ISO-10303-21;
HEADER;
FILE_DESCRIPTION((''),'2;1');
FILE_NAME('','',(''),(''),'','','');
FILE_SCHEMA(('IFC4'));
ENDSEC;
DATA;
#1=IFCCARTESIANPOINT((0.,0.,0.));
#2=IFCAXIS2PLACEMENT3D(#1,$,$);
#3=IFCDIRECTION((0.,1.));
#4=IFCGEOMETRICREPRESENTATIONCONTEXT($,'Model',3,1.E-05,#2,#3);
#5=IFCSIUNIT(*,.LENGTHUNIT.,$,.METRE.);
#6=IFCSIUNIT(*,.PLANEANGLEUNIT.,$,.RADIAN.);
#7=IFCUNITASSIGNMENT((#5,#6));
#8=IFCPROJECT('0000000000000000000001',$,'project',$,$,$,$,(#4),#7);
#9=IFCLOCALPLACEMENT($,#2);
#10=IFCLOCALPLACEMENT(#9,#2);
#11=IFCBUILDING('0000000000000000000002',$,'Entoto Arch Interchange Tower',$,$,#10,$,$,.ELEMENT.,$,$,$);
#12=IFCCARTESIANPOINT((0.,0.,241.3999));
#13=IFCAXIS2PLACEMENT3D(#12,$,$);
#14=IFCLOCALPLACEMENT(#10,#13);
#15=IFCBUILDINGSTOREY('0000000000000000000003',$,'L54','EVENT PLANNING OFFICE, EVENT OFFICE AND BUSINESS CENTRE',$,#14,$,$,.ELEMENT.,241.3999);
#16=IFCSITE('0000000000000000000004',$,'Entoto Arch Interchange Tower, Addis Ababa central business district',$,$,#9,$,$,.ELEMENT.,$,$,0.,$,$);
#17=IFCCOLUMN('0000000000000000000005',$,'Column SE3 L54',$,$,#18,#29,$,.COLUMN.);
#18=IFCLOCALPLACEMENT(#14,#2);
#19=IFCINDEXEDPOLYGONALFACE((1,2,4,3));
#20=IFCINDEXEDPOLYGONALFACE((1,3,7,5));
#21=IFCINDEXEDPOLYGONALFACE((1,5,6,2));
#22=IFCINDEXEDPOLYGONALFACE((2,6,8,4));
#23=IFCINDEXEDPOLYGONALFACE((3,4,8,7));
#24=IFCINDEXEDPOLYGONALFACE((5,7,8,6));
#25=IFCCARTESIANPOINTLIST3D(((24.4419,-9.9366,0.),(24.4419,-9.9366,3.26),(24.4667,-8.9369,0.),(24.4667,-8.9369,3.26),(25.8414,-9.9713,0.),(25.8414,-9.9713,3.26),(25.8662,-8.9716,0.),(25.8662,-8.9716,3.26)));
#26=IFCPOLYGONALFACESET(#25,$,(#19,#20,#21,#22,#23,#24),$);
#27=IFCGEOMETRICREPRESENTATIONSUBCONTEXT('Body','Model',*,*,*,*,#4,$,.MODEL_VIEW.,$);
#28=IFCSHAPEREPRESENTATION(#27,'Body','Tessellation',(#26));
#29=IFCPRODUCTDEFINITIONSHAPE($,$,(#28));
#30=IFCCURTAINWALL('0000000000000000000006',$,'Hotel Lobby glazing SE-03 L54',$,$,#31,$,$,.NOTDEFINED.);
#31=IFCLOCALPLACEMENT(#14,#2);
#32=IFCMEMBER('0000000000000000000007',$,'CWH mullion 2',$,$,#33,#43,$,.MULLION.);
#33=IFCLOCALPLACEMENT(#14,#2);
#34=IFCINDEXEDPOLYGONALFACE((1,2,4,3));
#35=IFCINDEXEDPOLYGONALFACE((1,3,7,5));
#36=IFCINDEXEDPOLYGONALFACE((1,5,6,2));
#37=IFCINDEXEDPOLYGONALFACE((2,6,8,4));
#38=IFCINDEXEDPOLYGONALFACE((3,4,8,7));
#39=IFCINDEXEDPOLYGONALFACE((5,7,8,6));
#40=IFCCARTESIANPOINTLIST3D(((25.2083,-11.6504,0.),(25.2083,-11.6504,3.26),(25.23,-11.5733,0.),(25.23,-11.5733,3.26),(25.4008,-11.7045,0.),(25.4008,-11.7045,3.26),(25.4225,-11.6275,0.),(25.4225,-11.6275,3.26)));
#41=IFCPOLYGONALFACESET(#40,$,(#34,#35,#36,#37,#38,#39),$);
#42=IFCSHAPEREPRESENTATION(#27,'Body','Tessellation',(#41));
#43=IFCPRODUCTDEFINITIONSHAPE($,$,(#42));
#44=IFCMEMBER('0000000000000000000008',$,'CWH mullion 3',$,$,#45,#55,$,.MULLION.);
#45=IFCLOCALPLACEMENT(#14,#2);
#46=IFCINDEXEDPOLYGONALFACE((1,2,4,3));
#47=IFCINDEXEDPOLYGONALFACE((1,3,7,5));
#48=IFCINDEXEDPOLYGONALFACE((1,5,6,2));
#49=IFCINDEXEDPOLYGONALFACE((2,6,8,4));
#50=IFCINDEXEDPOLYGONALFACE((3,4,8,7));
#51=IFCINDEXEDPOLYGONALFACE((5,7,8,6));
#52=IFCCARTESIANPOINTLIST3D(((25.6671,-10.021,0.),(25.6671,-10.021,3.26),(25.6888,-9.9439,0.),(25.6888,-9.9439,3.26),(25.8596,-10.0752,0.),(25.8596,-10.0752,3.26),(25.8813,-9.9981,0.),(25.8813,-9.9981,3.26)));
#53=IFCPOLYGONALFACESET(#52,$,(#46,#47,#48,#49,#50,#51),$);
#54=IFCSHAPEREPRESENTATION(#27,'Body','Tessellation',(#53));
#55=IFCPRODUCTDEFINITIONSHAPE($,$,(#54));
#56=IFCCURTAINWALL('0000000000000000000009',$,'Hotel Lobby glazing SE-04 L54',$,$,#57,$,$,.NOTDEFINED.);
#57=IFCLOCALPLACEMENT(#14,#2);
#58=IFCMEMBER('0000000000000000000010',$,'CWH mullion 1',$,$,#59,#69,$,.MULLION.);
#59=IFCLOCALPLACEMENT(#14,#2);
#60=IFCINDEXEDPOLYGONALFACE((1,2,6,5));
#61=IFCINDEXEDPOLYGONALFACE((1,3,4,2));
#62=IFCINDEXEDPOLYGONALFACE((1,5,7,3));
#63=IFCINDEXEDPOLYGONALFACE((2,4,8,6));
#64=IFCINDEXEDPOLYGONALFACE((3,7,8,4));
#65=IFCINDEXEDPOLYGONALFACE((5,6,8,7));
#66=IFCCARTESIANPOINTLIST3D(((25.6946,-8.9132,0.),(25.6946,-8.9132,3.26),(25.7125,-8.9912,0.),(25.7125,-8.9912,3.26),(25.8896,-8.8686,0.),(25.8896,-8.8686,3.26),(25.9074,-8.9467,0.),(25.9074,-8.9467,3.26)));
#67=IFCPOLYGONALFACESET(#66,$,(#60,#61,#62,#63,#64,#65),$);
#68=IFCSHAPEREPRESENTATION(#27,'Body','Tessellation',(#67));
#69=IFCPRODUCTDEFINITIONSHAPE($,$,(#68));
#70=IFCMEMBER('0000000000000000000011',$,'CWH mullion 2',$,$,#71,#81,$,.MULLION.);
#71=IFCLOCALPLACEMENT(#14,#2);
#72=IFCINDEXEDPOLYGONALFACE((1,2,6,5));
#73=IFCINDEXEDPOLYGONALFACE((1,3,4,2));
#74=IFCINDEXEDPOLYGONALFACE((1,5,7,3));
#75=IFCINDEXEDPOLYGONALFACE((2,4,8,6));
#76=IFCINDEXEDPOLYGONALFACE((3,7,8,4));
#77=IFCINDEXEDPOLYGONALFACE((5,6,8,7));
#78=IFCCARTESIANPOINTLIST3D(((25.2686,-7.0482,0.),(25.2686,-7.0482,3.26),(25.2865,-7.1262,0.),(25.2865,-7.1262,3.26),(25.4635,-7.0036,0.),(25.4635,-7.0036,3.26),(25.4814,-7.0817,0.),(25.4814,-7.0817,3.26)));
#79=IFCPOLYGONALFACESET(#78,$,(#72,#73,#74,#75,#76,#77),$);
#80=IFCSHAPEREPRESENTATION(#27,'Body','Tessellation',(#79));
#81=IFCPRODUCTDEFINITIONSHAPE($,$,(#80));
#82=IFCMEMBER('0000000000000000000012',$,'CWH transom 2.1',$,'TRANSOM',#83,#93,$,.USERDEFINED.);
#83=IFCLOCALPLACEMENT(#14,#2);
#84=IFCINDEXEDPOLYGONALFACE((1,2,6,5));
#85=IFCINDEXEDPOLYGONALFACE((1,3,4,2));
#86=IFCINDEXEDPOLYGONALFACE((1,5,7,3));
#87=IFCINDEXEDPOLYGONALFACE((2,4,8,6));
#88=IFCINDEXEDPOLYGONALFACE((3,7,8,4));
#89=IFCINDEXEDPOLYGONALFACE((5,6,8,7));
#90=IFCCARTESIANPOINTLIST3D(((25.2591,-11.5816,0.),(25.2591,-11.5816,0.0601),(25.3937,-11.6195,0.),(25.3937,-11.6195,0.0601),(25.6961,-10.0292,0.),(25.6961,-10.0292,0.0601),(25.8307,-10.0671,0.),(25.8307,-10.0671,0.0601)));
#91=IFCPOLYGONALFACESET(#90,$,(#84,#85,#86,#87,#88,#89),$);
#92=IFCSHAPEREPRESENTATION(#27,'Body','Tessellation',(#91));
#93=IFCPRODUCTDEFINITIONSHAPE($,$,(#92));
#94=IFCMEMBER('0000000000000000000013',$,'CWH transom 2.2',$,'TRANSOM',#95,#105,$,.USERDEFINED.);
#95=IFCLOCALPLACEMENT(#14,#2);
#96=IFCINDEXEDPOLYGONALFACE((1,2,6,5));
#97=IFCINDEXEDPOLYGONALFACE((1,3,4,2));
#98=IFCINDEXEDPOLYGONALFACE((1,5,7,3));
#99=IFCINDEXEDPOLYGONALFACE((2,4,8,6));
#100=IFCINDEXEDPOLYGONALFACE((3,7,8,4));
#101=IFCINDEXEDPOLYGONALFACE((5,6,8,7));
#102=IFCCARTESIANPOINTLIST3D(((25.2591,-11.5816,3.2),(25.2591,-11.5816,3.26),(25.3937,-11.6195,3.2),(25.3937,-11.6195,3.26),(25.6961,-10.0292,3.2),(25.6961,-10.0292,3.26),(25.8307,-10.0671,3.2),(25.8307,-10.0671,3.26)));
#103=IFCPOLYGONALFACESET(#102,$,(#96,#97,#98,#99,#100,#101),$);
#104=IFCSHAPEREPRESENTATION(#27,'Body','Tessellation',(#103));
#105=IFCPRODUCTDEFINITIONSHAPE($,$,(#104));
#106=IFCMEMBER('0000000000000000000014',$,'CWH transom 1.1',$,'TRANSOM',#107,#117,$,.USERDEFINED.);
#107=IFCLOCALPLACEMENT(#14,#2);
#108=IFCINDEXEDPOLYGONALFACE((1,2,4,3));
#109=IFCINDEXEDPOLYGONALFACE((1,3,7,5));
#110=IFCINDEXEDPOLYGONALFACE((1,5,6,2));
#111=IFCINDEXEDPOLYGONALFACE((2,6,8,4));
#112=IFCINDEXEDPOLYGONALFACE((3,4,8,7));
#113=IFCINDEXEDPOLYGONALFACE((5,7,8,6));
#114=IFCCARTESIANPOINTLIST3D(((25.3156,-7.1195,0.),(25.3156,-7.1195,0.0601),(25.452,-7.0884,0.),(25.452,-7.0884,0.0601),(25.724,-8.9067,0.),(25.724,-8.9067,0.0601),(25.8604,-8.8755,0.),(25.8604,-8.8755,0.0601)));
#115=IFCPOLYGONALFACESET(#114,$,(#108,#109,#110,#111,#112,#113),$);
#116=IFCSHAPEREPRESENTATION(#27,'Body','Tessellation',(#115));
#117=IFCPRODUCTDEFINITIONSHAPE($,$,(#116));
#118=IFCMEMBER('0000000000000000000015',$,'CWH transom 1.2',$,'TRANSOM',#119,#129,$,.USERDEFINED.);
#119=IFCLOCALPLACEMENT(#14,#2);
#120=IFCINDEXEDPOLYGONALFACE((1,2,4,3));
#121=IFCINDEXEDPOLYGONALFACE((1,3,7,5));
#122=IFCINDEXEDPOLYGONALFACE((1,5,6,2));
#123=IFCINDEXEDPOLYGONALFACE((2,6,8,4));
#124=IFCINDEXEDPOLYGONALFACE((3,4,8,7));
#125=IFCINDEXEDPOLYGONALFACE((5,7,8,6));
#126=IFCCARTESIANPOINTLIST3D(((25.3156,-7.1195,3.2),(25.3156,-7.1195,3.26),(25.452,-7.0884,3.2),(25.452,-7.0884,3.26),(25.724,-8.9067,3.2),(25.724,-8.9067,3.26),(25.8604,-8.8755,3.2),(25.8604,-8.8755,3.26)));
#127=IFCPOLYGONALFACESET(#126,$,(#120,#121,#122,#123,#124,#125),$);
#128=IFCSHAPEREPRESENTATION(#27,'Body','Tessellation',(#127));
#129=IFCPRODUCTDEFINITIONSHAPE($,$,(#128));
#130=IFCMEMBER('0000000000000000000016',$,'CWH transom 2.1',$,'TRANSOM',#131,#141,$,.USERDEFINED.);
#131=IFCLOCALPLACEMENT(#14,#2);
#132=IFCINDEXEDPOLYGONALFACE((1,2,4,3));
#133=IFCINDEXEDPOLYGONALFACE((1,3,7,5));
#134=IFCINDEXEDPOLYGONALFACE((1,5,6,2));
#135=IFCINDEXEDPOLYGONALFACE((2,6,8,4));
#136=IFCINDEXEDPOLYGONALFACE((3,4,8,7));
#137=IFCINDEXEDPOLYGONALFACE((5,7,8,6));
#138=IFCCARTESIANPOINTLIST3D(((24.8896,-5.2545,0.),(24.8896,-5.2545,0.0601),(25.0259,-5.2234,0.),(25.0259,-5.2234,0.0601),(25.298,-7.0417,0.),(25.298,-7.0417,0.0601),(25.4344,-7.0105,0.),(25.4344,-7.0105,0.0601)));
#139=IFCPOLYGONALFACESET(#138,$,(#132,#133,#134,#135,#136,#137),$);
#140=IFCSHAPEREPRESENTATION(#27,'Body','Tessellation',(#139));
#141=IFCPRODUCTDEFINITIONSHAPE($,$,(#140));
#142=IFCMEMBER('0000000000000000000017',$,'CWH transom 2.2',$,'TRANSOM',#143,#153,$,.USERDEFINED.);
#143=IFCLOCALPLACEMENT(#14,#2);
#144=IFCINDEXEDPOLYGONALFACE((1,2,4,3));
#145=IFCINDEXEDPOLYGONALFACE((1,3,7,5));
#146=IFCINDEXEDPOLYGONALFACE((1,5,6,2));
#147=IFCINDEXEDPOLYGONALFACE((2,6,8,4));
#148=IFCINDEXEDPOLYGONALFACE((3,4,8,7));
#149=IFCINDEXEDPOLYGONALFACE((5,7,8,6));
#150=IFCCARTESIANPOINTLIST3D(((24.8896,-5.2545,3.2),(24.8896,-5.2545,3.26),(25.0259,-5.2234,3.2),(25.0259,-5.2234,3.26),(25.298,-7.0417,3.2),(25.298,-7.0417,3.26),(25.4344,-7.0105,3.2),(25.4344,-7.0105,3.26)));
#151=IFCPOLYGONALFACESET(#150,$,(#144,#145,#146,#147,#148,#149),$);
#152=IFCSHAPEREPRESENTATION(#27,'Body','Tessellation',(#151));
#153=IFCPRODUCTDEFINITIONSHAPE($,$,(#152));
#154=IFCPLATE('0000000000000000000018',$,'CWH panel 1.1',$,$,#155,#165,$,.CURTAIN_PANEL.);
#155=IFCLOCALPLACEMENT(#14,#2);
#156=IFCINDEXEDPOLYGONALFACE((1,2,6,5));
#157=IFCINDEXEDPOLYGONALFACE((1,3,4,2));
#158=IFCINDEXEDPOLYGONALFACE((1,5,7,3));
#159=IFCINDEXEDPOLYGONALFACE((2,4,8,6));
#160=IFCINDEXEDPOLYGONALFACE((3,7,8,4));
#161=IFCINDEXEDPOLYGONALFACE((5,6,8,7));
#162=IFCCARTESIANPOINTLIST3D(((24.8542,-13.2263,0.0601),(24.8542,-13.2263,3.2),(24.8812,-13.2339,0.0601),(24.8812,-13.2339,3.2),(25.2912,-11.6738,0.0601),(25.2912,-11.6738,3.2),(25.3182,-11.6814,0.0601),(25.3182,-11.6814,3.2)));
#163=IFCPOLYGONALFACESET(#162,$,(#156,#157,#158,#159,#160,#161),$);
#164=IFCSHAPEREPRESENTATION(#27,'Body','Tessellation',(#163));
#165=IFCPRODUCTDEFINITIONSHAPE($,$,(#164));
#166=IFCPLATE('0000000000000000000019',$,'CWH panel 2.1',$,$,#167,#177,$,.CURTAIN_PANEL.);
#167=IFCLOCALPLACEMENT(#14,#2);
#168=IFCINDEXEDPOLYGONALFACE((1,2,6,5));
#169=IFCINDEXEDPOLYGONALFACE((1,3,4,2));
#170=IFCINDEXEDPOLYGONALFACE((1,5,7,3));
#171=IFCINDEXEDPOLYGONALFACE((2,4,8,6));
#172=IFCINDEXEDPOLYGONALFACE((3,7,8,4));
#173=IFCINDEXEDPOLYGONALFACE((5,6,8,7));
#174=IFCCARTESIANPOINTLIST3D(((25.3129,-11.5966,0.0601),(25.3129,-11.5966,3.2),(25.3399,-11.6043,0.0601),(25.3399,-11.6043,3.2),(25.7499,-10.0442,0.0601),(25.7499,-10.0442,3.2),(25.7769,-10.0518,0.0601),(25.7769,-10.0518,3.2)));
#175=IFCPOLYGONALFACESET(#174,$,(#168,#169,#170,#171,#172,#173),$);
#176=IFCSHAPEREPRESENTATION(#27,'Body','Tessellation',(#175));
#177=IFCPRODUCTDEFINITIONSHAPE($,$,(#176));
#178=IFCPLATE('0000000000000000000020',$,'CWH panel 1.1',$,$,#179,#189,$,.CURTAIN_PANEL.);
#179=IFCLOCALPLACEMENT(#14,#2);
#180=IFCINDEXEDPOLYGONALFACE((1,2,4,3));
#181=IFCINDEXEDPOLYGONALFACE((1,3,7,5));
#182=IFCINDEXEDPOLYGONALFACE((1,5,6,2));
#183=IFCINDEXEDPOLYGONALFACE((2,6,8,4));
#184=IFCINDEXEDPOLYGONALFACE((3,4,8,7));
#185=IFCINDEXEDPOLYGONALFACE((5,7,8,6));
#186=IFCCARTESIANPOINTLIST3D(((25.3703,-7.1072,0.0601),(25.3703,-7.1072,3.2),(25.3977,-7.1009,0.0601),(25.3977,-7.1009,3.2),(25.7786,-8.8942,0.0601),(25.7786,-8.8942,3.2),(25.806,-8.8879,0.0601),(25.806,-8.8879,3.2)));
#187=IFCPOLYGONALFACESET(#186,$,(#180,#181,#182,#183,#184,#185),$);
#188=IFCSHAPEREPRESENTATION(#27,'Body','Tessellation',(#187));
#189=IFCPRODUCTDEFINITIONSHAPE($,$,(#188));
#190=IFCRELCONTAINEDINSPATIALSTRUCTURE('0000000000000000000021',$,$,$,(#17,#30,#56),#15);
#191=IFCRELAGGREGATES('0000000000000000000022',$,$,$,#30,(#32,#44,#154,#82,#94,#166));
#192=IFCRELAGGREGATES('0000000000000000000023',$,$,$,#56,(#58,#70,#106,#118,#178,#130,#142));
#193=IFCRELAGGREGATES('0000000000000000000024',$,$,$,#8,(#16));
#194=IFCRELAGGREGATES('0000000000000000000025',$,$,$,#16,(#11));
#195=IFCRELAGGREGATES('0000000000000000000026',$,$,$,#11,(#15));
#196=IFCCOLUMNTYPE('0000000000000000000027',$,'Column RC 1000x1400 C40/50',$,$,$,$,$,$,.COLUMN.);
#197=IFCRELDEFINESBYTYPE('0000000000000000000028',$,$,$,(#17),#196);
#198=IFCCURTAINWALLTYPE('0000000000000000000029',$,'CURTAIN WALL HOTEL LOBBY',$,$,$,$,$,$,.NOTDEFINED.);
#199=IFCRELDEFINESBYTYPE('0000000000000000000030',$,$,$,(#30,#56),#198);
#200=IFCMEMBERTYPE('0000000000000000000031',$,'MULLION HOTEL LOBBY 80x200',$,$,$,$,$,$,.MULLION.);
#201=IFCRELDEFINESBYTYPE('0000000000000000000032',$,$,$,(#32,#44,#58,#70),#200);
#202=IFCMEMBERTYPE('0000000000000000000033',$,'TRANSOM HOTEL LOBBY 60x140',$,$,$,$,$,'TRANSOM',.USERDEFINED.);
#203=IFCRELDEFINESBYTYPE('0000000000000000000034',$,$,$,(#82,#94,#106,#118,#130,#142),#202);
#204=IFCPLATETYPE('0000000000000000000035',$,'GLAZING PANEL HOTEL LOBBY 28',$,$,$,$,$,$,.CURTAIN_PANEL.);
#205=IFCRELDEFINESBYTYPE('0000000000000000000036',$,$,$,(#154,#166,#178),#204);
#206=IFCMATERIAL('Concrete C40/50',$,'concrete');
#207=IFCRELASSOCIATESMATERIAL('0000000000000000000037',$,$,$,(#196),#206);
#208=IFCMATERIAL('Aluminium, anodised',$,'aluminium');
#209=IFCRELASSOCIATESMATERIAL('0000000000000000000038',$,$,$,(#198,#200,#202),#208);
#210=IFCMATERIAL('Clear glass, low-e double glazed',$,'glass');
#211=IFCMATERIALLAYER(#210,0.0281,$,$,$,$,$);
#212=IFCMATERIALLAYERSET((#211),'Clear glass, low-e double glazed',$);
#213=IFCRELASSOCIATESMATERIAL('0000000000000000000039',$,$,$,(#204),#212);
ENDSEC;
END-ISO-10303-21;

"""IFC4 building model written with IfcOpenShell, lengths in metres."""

from ifc_helpers import new_model, si_unit, direction, frame, origin, origin_2d, place, context, subcontext, project, spatial, rectangle, extrude, material, layer, layer_set, material_profile, profile_set, type_object, element, aggregate, save


model = new_model("IFC4")

# Units and contexts
model_context = context("Model", 3, precision=1e-05, world=origin(), true_north=direction((0.0, 1.0)))
body_context = subcontext(model_context, "Body", "Model", "MODEL_VIEW")
ifc_project = project(units=[si_unit("LENGTHUNIT", "METRE"), si_unit("PLANEANGLEUNIT", "RADIAN")], contexts=[model_context])

# Site, building, storey
site_placement = place(None, origin())
site = spatial("IfcSite", under=ifc_project, at=site_placement, Name="Entoto Arch Interchange Tower, Addis Ababa central business district", CompositionType="ELEMENT", RefElevation=0.0)
building_placement = place(site_placement, origin())
building = spatial("IfcBuilding", under=site, at=building_placement, Name="Entoto Arch Interchange Tower", CompositionType="ELEMENT")
storey_placement = place(building_placement, frame((0.0, 0.0, 241.3999)))
storey = spatial("IfcBuildingStorey", under=building, at=storey_placement, Name="L54", Description="EVENT PLANNING OFFICE, EVENT OFFICE AND BUSINESS CENTRE", CompositionType="ELEMENT", Elevation=241.3999)

# Column
ifc_material_1 = material(Name="Concrete C40/50", Category="concrete")
ifc_material_profile_1 = material_profile(ifc_material_1, rectangle(XDim=1.0, YDim=1.3999, at=origin_2d()))
ifc_profile_set_1 = profile_set([ifc_material_profile_1], Name="Concrete C40/50")
column_type = type_object("IfcColumnType", Name="Column RC 1000x1400 C40/50", PredefinedType="COLUMN", material=ifc_profile_set_1)
column_placement = place(storey_placement, frame((25.1541, -9.4541, 0.0), z_axis=(0.0, 0.0, 1.0), x_axis=(0.024833, 0.999692, 0.0)))
element("IfcColumn", 1, at=column_placement, inside=storey, type_object=column_type, Name="Column SE3 L54", PredefinedType="COLUMN", context=body_context, shape_type="SweptSolid", body=[
    extrude(rectangle(XDim=1.0, YDim=1.3999, at=origin_2d()), origin(), (0.0, 0.0, 1.0), 3.26),
])

# Curtain walls, members
ifc_material_2 = material(Name="Aluminium, anodised", Category="aluminium")
curtain_wall_type = type_object("IfcCurtainWallType", Name="CURTAIN WALL HOTEL LOBBY", PredefinedType="NOTDEFINED", material=ifc_material_2)
curtain_wall_1_placement = place(storey_placement, origin())
curtain_wall_1 = element("IfcCurtainWall", 2, at=curtain_wall_1_placement, inside=storey, type_object=curtain_wall_type, Name="Hotel Lobby glazing SE-03 L54", PredefinedType="NOTDEFINED")
ifc_material_profile_2 = material_profile(ifc_material_2, rectangle(XDim=0.2, YDim=0.0801, at=origin_2d()))
ifc_profile_set_2 = profile_set([ifc_material_profile_2], Name="Aluminium, anodised")
member_type_1 = type_object("IfcMemberType", Name="MULLION HOTEL LOBBY 80x200", PredefinedType="MULLION", material=ifc_profile_set_2)
member_1_placement = place(storey_placement, frame((25.3154, -11.6389, 0.0), z_axis=(0.0, 0.0, 1.0), x_axis=(-0.962595, 0.270946, 0.0)))
member_1 = element("IfcMember", 3, at=member_1_placement, type_object=member_type_1, Name="CWH mullion 2", PredefinedType="MULLION", context=body_context, shape_type="SweptSolid", body=[
    extrude(rectangle(XDim=0.2, YDim=0.0801, at=origin_2d()), origin(), (0.0, 0.0, 1.0), 3.26),
])
member_2_placement = place(storey_placement, frame((25.7742, -10.0095, 0.0), z_axis=(0.0, 0.0, 1.0), x_axis=(-0.962595, 0.270946, 0.0)))
member_2 = element("IfcMember", 4, at=member_2_placement, type_object=member_type_1, Name="CWH mullion 3", PredefinedType="MULLION", context=body_context, shape_type="SweptSolid", body=[
    extrude(rectangle(XDim=0.2, YDim=0.0801, at=origin_2d()), origin(), (0.0, 0.0, 1.0), 3.26),
])
curtain_wall_2_placement = place(storey_placement, origin())
curtain_wall_2 = element("IfcCurtainWall", 5, at=curtain_wall_2_placement, inside=storey, type_object=curtain_wall_type, Name="Hotel Lobby glazing SE-04 L54", PredefinedType="NOTDEFINED")
member_3_placement = place(storey_placement, frame((25.801, -8.9299, 0.0), z_axis=(0.0, 0.0, 1.0), x_axis=(-0.974881, -0.222727, 0.0)))
member_3 = element("IfcMember", 6, at=member_3_placement, type_object=member_type_1, Name="CWH mullion 1", PredefinedType="MULLION", context=body_context, shape_type="SweptSolid", body=[
    extrude(rectangle(XDim=0.2, YDim=0.0801, at=origin_2d()), origin(), (0.0, 0.0, 1.0), 3.26),
])
member_4_placement = place(storey_placement, frame((25.375, -7.0649, 0.0), z_axis=(0.0, 0.0, 1.0), x_axis=(-0.974881, -0.222727, 0.0)))
member_4 = element("IfcMember", 7, at=member_4_placement, type_object=member_type_1, Name="CWH mullion 2", PredefinedType="MULLION", context=body_context, shape_type="SweptSolid", body=[
    extrude(rectangle(XDim=0.2, YDim=0.0801, at=origin_2d()), origin(), (0.0, 0.0, 1.0), 3.26),
])

# Members
ifc_material_profile_3 = material_profile(ifc_material_2, rectangle(XDim=0.1399, YDim=0.0601, at=origin_2d()))
ifc_profile_set_3 = profile_set([ifc_material_profile_3], Name="Aluminium, anodised")
member_type_2 = type_object("IfcMemberType", Name="TRANSOM HOTEL LOBBY 60x140", ElementType="TRANSOM", PredefinedType="USERDEFINED", material=ifc_profile_set_3)
member_5_placement = place(storey_placement, frame((25.3264, -11.6006, 0.03), z_axis=(0.27096, 0.962591, 0.0), x_axis=(-0.962591, 0.27096, 0.0)))
member_5 = element("IfcMember", 8, at=member_5_placement, type_object=member_type_2, Name="CWH transom 2.1", ObjectType="TRANSOM", PredefinedType="USERDEFINED", context=body_context, shape_type="SweptSolid", body=[
    extrude(rectangle(XDim=0.1399, YDim=0.0601, at=origin_2d()), origin(), (0.0, 0.0, 1.0), 1.6128),
])
member_6_placement = place(storey_placement, frame((25.3264, -11.6006, 3.23), z_axis=(0.27096, 0.962591, 0.0), x_axis=(-0.962591, 0.27096, 0.0)))
member_6 = element("IfcMember", 9, at=member_6_placement, type_object=member_type_2, Name="CWH transom 2.2", ObjectType="TRANSOM", PredefinedType="USERDEFINED", context=body_context, shape_type="SweptSolid", body=[
    extrude(rectangle(XDim=0.1399, YDim=0.0601, at=origin_2d()), origin(), (0.0, 0.0, 1.0), 1.6128),
])
member_7_placement = place(storey_placement, frame((25.7922, -8.8911, 0.03), z_axis=(-0.222807, 0.974863, 0.0), x_axis=(-0.974863, -0.222807, 0.0)))
member_7 = element("IfcMember", 10, at=member_7_placement, type_object=member_type_2, Name="CWH transom 1.1", ObjectType="TRANSOM", PredefinedType="USERDEFINED", context=body_context, shape_type="SweptSolid", body=[
    extrude(rectangle(XDim=0.1399, YDim=0.0601, at=origin_2d()), origin(), (0.0, 0.0, 1.0), 1.8333),
])
member_8_placement = place(storey_placement, frame((25.7922, -8.8911, 3.23), z_axis=(-0.222807, 0.974863, 0.0), x_axis=(-0.974863, -0.222807, 0.0)))
member_8 = element("IfcMember", 11, at=member_8_placement, type_object=member_type_2, Name="CWH transom 1.2", ObjectType="TRANSOM", PredefinedType="USERDEFINED", context=body_context, shape_type="SweptSolid", body=[
    extrude(rectangle(XDim=0.1399, YDim=0.0601, at=origin_2d()), origin(), (0.0, 0.0, 1.0), 1.8333),
])
member_9_placement = place(storey_placement, frame((25.3662, -7.0261, 0.03), z_axis=(-0.222807, 0.974863, 0.0), x_axis=(-0.974863, -0.222807, 0.0)))
member_9 = element("IfcMember", 12, at=member_9_placement, type_object=member_type_2, Name="CWH transom 2.1", ObjectType="TRANSOM", PredefinedType="USERDEFINED", context=body_context, shape_type="SweptSolid", body=[
    extrude(rectangle(XDim=0.1399, YDim=0.0601, at=origin_2d()), origin(), (0.0, 0.0, 1.0), 1.8333),
])
member_10_placement = place(storey_placement, frame((25.3662, -7.0261, 3.23), z_axis=(-0.222807, 0.974863, 0.0), x_axis=(-0.974863, -0.222807, 0.0)))
member_10 = element("IfcMember", 13, at=member_10_placement, type_object=member_type_2, Name="CWH transom 2.2", ObjectType="TRANSOM", PredefinedType="USERDEFINED", context=body_context, shape_type="SweptSolid", body=[
    extrude(rectangle(XDim=0.1399, YDim=0.0601, at=origin_2d()), origin(), (0.0, 0.0, 1.0), 1.8333),
])

# Plates
ifc_material_3 = material(Name="Clear glass, low-e double glazed", Category="glass")
ifc_layer_1 = layer(ifc_material_3, 0.0281)
ifc_layer_set_1 = layer_set([ifc_layer_1], Name="Clear glass, low-e double glazed")
plate_type = type_object("IfcPlateType", Name="GLAZING PANEL HOTEL LOBBY 28", PredefinedType="CURTAIN_PANEL", material=ifc_layer_set_1)
plate_1_placement = place(storey_placement, frame((25.0862, -12.4539, 0.0601), z_axis=(0.0, 0.0, 1.0), x_axis=(0.270946, 0.962595, 0.0)))
plate_1 = element("IfcPlate", 14, at=plate_1_placement, type_object=plate_type, Name="CWH panel 1.1", PredefinedType="CURTAIN_PANEL", context=body_context, shape_type="SweptSolid", body=[
    extrude(rectangle(XDim=1.6128, YDim=0.0281, at=origin_2d()), origin(), (0.0, 0.0, 1.0), 3.1399),
])
plate_2_placement = place(storey_placement, frame((25.5449, -10.8242, 0.0601), z_axis=(0.0, 0.0, 1.0), x_axis=(0.270946, 0.962595, 0.0)))
plate_2 = element("IfcPlate", 15, at=plate_2_placement, type_object=plate_type, Name="CWH panel 2.1", PredefinedType="CURTAIN_PANEL", context=body_context, shape_type="SweptSolid", body=[
    extrude(rectangle(XDim=1.6128, YDim=0.0281, at=origin_2d()), origin(), (0.0, 0.0, 1.0), 3.1399),
])
aggregate(curtain_wall_1, [member_1, member_2, plate_1, member_5, member_6, plate_2])
plate_3_placement = place(storey_placement, frame((25.5881, -7.9976, 0.0601), z_axis=(0.0, 0.0, 1.0), x_axis=(-0.222727, 0.974881, 0.0)))
plate_3 = element("IfcPlate", 16, at=plate_3_placement, type_object=plate_type, Name="CWH panel 1.1", PredefinedType="CURTAIN_PANEL", context=body_context, shape_type="SweptSolid", body=[
    extrude(rectangle(XDim=1.833, YDim=0.0281, at=origin_2d()), origin(), (0.0, 0.0, 1.0), 3.1399),
])
aggregate(curtain_wall_2, [member_3, member_4, member_7, member_8, plate_3, member_9, member_10])

save(model, "model.ifc")
